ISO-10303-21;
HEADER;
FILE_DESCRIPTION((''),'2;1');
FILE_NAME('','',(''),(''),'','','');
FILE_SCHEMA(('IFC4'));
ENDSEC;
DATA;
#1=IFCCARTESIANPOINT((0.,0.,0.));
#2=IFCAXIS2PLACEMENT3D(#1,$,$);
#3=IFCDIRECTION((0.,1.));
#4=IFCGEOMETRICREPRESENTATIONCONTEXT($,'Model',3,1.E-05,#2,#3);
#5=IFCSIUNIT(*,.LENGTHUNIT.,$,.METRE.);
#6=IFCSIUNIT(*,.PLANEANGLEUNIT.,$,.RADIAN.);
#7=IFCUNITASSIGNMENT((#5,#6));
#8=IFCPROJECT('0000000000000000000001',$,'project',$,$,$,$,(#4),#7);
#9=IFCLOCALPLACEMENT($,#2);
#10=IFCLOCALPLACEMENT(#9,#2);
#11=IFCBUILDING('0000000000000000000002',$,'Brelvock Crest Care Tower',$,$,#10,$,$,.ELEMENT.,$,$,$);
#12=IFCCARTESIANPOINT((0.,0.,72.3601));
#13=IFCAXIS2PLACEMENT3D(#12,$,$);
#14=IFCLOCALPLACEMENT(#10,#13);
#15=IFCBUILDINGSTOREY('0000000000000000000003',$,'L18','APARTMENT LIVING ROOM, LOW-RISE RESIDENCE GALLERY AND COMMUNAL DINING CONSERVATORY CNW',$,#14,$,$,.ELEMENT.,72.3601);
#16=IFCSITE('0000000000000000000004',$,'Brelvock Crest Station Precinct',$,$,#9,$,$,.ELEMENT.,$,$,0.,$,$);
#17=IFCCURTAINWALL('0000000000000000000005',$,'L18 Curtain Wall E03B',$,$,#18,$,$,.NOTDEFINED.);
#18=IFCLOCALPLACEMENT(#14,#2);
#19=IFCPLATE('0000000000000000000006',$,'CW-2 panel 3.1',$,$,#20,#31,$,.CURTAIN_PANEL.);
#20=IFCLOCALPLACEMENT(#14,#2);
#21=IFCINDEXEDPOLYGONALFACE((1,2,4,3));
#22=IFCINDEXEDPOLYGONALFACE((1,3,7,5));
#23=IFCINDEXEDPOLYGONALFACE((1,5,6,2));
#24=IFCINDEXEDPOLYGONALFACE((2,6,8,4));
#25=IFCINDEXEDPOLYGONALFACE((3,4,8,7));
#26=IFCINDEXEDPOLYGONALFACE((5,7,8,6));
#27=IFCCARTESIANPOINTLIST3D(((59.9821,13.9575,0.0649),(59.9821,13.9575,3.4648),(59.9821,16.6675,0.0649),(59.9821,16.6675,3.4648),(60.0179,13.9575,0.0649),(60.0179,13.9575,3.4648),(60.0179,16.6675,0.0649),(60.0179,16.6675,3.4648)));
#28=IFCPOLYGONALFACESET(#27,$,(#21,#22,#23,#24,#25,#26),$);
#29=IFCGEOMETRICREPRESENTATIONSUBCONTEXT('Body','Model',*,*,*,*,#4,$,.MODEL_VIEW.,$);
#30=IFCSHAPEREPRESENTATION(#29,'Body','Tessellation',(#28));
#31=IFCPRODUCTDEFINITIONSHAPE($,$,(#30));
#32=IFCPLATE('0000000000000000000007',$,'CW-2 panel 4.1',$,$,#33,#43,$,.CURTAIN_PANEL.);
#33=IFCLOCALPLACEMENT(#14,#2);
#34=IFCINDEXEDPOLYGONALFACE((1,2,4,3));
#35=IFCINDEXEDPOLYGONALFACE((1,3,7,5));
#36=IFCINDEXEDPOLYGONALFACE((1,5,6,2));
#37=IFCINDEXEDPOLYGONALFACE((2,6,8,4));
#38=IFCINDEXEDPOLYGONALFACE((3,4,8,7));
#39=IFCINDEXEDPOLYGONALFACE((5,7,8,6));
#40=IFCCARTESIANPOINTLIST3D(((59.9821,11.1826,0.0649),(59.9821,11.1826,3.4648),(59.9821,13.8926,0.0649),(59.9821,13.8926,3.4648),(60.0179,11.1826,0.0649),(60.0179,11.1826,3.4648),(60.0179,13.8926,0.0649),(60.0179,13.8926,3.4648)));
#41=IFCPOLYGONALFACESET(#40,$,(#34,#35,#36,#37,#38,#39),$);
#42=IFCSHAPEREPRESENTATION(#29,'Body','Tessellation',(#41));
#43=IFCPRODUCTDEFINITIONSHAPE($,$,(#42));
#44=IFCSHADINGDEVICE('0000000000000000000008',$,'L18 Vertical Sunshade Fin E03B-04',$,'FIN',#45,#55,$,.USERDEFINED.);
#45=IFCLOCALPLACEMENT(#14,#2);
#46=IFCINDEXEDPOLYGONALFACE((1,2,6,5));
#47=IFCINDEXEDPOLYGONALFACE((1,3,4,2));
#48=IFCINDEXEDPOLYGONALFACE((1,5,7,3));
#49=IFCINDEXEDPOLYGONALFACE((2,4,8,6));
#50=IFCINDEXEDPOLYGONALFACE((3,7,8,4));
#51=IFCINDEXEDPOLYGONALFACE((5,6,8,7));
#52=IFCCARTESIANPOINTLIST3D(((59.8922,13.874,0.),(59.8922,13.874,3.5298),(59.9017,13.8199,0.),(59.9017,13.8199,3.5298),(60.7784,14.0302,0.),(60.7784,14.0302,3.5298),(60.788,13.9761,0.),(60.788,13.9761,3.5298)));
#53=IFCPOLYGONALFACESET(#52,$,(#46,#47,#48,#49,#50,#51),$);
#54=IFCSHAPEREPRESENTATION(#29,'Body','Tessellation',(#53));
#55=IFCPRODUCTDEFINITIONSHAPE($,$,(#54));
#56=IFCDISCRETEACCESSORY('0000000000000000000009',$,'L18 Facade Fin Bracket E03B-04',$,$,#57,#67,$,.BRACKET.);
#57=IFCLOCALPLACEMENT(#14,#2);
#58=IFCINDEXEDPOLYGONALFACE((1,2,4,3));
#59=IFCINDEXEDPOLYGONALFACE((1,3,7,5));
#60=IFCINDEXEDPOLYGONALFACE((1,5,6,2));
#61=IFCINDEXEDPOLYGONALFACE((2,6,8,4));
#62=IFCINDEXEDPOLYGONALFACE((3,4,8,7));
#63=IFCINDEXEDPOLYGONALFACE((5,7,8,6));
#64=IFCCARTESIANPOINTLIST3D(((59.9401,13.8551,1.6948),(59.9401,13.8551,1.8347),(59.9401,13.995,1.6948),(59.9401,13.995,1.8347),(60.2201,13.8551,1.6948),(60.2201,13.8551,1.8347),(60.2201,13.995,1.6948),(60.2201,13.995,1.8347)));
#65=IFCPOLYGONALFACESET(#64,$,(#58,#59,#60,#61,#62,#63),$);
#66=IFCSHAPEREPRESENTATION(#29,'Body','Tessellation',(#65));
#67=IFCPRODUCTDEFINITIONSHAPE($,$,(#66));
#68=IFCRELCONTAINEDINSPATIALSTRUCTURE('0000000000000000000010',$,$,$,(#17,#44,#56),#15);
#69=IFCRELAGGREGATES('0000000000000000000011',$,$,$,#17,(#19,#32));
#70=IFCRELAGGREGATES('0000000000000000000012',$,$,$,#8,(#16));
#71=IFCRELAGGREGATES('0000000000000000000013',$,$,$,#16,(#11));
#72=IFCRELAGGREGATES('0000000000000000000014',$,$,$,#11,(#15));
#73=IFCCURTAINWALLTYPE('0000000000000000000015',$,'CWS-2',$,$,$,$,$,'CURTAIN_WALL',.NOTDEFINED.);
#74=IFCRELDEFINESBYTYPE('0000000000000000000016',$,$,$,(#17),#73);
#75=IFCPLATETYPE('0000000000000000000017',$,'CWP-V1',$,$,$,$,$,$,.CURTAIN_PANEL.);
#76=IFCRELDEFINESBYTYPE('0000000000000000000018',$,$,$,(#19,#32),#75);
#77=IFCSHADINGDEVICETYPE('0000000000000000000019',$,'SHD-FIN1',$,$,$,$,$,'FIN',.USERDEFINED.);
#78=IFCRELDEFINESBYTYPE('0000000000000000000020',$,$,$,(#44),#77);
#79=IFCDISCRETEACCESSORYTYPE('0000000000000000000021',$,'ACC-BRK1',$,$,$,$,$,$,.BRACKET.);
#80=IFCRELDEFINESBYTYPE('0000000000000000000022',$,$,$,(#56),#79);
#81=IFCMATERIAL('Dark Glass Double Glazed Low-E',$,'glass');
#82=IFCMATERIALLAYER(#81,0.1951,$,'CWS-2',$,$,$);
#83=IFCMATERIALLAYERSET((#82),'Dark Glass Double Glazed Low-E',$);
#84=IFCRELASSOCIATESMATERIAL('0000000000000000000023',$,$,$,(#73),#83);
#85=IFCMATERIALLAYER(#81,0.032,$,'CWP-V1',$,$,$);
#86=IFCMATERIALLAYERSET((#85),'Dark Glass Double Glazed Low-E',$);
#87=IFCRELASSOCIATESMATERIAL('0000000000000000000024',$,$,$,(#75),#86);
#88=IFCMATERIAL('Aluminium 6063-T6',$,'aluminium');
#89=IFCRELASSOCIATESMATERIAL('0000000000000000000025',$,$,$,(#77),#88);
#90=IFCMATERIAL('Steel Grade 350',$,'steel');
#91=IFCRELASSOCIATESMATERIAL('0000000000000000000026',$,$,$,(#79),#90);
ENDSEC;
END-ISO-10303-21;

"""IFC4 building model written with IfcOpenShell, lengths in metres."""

from ifc_helpers import new_model, si_unit, direction, frame, origin, origin_2d, place, context, subcontext, project, spatial, rectangle, extrude, source, transform, mapped, material, layer, layer_set, material_profile, profile_set, type_object, element, aggregate, save


model = new_model("IFC4")

# Units and contexts
model_context = context("Model", 3, precision=1e-05, world=origin(), true_north=direction((0.0, 1.0)))
body_context = subcontext(model_context, "Body", "Model", "MODEL_VIEW")
ifc_project = project(units=[si_unit("LENGTHUNIT", "METRE"), si_unit("PLANEANGLEUNIT", "RADIAN")], contexts=[model_context])

# Site, building, storey
site_placement = place(None, origin())
site = spatial("IfcSite", under=ifc_project, at=site_placement, Name="Brelvock Crest Station Precinct", CompositionType="ELEMENT", RefElevation=0.0)
building_placement = place(site_placement, origin())
building = spatial("IfcBuilding", under=site, at=building_placement, Name="Brelvock Crest Care Tower", CompositionType="ELEMENT")
storey_placement = place(building_placement, frame((0.0, 0.0, 72.3601)))
storey = spatial("IfcBuildingStorey", under=building, at=storey_placement, Name="L18", Description="APARTMENT LIVING ROOM, LOW-RISE RESIDENCE GALLERY AND COMMUNAL DINING CONSERVATORY CNW", CompositionType="ELEMENT", Elevation=72.3601)

# Curtain wall, plates
ifc_material_1 = material(Name="Dark Glass Double Glazed Low-E", Category="glass")
ifc_layer_1 = layer(ifc_material_1, 0.1951, Name="CWS-2")
ifc_layer_set_1 = layer_set([ifc_layer_1], Name="Dark Glass Double Glazed Low-E")
curtain_wall_type = type_object("IfcCurtainWallType", Name="CWS-2", ElementType="CURTAIN_WALL", PredefinedType="NOTDEFINED", material=ifc_layer_set_1)
curtain_wall_placement = place(storey_placement, origin())
curtain_wall = element("IfcCurtainWall", 1, at=curtain_wall_placement, inside=storey, type_object=curtain_wall_type, Name="L18 Curtain Wall E03B", PredefinedType="NOTDEFINED")
ifc_material_2 = material(Name="Aluminium 6063-T6", Category="aluminium")
ifc_layer_2 = layer(ifc_material_1, 0.032, Name="CWP-V1")
ifc_layer_set_2 = layer_set([ifc_layer_2], Name="Dark Glass Double Glazed Low-E")
plate_type = type_object("IfcPlateType", Name="CWP-V1", PredefinedType="CURTAIN_PANEL", material=ifc_layer_set_2)
shared_shape_1 = source(origin(), body_context, "Body", "SweptSolid", [
    extrude(rectangle(XDim=2.71, YDim=0.0359, at=origin_2d()), origin(), (0.0, 0.0, 1.0), 3.3999),
])
plate_1_placement = place(storey_placement, frame((60.0, 15.3125, 0.0649), z_axis=(0.0, 0.0, 1.0), x_axis=(0.0, -1.0, 0.0)))
plate_1 = element("IfcPlate", 2, at=plate_1_placement, type_object=plate_type, Name="CW-2 panel 3.1", PredefinedType="CURTAIN_PANEL", context=body_context, shape_type="MappedRepresentation", body=[
    mapped(shared_shape_1, transform((0.0, 0.0, 0.0), x_axis=(1.0, 0.0, 0.0), y_axis=(0.0, 1.0, 0.0), z_axis=(0.0, 0.0, 1.0), scale=1.0)),
])
plate_2_placement = place(storey_placement, frame((60.0, 12.5376, 0.0649), z_axis=(0.0, 0.0, 1.0), x_axis=(0.0, -1.0, 0.0)))
plate_2 = element("IfcPlate", 3, at=plate_2_placement, type_object=plate_type, Name="CW-2 panel 4.1", PredefinedType="CURTAIN_PANEL", context=body_context, shape_type="MappedRepresentation", body=[
    mapped(shared_shape_1, transform((0.0, 0.0, 0.0), x_axis=(1.0, 0.0, 0.0), y_axis=(0.0, 1.0, 0.0), z_axis=(0.0, 0.0, 1.0), scale=1.0)),
])
aggregate(curtain_wall, [plate_1, plate_2])

# Shading device
ifc_material_profile_1 = material_profile(ifc_material_2, rectangle(XDim=0.0549, YDim=0.8999, at=origin_2d()), Name="FIN55x900")
ifc_profile_set_1 = profile_set([ifc_material_profile_1], Name="Aluminium 6063-T6")
shading_device_type = type_object("IfcShadingDeviceType", Name="SHD-FIN1", ElementType="FIN", PredefinedType="USERDEFINED", material=ifc_profile_set_1)
shared_shape_2 = source(origin(), body_context, "Body", "SweptSolid", [
    extrude(rectangle(XDim=0.0549, YDim=0.8999, at=origin_2d()), origin(), (0.0, 0.0, 1.0), 3.5298),
])
shading_device_placement = place(storey_placement, frame((60.3401, 13.925, 0.0), z_axis=(0.0, 0.0, 1.0), x_axis=(0.173648, -0.984808, 0.0)))
element("IfcShadingDevice", 4, at=shading_device_placement, inside=storey, type_object=shading_device_type, Name="L18 Vertical Sunshade Fin E03B-04", ObjectType="FIN", PredefinedType="USERDEFINED", context=body_context, shape_type="MappedRepresentation", body=[
    mapped(shared_shape_2, transform((0.0, 0.0, 0.0), x_axis=(1.0, 0.0, 0.0), y_axis=(0.0, 1.0, 0.0), z_axis=(0.0, 0.0, 1.0), scale=1.0)),
])

# Discrete accessory
ifc_material_3 = material(Name="Steel Grade 350", Category="steel")
discrete_accessory_type = type_object("IfcDiscreteAccessoryType", Name="ACC-BRK1", PredefinedType="BRACKET", material=ifc_material_3)
shared_shape_3 = source(origin(), body_context, "Body", "SweptSolid", [
    extrude(rectangle(XDim=0.28, YDim=0.1399, at=origin_2d()), origin(), (0.0, 0.0, 1.0), 0.1399),
])
discrete_accessory_placement = place(storey_placement, frame((60.0801, 13.925, 1.6948), z_axis=(0.0, 0.0, 1.0), x_axis=(1.0, 0.0, 0.0)))
element("IfcDiscreteAccessory", 5, at=discrete_accessory_placement, inside=storey, type_object=discrete_accessory_type, Name="L18 Facade Fin Bracket E03B-04", PredefinedType="BRACKET", context=body_context, shape_type="MappedRepresentation", body=[
    mapped(shared_shape_3, transform((0.0, 0.0, 0.0), x_axis=(1.0, 0.0, 0.0), y_axis=(0.0, 1.0, 0.0), z_axis=(0.0, 0.0, 1.0), scale=1.0)),
])

save(model, "model.ifc")
